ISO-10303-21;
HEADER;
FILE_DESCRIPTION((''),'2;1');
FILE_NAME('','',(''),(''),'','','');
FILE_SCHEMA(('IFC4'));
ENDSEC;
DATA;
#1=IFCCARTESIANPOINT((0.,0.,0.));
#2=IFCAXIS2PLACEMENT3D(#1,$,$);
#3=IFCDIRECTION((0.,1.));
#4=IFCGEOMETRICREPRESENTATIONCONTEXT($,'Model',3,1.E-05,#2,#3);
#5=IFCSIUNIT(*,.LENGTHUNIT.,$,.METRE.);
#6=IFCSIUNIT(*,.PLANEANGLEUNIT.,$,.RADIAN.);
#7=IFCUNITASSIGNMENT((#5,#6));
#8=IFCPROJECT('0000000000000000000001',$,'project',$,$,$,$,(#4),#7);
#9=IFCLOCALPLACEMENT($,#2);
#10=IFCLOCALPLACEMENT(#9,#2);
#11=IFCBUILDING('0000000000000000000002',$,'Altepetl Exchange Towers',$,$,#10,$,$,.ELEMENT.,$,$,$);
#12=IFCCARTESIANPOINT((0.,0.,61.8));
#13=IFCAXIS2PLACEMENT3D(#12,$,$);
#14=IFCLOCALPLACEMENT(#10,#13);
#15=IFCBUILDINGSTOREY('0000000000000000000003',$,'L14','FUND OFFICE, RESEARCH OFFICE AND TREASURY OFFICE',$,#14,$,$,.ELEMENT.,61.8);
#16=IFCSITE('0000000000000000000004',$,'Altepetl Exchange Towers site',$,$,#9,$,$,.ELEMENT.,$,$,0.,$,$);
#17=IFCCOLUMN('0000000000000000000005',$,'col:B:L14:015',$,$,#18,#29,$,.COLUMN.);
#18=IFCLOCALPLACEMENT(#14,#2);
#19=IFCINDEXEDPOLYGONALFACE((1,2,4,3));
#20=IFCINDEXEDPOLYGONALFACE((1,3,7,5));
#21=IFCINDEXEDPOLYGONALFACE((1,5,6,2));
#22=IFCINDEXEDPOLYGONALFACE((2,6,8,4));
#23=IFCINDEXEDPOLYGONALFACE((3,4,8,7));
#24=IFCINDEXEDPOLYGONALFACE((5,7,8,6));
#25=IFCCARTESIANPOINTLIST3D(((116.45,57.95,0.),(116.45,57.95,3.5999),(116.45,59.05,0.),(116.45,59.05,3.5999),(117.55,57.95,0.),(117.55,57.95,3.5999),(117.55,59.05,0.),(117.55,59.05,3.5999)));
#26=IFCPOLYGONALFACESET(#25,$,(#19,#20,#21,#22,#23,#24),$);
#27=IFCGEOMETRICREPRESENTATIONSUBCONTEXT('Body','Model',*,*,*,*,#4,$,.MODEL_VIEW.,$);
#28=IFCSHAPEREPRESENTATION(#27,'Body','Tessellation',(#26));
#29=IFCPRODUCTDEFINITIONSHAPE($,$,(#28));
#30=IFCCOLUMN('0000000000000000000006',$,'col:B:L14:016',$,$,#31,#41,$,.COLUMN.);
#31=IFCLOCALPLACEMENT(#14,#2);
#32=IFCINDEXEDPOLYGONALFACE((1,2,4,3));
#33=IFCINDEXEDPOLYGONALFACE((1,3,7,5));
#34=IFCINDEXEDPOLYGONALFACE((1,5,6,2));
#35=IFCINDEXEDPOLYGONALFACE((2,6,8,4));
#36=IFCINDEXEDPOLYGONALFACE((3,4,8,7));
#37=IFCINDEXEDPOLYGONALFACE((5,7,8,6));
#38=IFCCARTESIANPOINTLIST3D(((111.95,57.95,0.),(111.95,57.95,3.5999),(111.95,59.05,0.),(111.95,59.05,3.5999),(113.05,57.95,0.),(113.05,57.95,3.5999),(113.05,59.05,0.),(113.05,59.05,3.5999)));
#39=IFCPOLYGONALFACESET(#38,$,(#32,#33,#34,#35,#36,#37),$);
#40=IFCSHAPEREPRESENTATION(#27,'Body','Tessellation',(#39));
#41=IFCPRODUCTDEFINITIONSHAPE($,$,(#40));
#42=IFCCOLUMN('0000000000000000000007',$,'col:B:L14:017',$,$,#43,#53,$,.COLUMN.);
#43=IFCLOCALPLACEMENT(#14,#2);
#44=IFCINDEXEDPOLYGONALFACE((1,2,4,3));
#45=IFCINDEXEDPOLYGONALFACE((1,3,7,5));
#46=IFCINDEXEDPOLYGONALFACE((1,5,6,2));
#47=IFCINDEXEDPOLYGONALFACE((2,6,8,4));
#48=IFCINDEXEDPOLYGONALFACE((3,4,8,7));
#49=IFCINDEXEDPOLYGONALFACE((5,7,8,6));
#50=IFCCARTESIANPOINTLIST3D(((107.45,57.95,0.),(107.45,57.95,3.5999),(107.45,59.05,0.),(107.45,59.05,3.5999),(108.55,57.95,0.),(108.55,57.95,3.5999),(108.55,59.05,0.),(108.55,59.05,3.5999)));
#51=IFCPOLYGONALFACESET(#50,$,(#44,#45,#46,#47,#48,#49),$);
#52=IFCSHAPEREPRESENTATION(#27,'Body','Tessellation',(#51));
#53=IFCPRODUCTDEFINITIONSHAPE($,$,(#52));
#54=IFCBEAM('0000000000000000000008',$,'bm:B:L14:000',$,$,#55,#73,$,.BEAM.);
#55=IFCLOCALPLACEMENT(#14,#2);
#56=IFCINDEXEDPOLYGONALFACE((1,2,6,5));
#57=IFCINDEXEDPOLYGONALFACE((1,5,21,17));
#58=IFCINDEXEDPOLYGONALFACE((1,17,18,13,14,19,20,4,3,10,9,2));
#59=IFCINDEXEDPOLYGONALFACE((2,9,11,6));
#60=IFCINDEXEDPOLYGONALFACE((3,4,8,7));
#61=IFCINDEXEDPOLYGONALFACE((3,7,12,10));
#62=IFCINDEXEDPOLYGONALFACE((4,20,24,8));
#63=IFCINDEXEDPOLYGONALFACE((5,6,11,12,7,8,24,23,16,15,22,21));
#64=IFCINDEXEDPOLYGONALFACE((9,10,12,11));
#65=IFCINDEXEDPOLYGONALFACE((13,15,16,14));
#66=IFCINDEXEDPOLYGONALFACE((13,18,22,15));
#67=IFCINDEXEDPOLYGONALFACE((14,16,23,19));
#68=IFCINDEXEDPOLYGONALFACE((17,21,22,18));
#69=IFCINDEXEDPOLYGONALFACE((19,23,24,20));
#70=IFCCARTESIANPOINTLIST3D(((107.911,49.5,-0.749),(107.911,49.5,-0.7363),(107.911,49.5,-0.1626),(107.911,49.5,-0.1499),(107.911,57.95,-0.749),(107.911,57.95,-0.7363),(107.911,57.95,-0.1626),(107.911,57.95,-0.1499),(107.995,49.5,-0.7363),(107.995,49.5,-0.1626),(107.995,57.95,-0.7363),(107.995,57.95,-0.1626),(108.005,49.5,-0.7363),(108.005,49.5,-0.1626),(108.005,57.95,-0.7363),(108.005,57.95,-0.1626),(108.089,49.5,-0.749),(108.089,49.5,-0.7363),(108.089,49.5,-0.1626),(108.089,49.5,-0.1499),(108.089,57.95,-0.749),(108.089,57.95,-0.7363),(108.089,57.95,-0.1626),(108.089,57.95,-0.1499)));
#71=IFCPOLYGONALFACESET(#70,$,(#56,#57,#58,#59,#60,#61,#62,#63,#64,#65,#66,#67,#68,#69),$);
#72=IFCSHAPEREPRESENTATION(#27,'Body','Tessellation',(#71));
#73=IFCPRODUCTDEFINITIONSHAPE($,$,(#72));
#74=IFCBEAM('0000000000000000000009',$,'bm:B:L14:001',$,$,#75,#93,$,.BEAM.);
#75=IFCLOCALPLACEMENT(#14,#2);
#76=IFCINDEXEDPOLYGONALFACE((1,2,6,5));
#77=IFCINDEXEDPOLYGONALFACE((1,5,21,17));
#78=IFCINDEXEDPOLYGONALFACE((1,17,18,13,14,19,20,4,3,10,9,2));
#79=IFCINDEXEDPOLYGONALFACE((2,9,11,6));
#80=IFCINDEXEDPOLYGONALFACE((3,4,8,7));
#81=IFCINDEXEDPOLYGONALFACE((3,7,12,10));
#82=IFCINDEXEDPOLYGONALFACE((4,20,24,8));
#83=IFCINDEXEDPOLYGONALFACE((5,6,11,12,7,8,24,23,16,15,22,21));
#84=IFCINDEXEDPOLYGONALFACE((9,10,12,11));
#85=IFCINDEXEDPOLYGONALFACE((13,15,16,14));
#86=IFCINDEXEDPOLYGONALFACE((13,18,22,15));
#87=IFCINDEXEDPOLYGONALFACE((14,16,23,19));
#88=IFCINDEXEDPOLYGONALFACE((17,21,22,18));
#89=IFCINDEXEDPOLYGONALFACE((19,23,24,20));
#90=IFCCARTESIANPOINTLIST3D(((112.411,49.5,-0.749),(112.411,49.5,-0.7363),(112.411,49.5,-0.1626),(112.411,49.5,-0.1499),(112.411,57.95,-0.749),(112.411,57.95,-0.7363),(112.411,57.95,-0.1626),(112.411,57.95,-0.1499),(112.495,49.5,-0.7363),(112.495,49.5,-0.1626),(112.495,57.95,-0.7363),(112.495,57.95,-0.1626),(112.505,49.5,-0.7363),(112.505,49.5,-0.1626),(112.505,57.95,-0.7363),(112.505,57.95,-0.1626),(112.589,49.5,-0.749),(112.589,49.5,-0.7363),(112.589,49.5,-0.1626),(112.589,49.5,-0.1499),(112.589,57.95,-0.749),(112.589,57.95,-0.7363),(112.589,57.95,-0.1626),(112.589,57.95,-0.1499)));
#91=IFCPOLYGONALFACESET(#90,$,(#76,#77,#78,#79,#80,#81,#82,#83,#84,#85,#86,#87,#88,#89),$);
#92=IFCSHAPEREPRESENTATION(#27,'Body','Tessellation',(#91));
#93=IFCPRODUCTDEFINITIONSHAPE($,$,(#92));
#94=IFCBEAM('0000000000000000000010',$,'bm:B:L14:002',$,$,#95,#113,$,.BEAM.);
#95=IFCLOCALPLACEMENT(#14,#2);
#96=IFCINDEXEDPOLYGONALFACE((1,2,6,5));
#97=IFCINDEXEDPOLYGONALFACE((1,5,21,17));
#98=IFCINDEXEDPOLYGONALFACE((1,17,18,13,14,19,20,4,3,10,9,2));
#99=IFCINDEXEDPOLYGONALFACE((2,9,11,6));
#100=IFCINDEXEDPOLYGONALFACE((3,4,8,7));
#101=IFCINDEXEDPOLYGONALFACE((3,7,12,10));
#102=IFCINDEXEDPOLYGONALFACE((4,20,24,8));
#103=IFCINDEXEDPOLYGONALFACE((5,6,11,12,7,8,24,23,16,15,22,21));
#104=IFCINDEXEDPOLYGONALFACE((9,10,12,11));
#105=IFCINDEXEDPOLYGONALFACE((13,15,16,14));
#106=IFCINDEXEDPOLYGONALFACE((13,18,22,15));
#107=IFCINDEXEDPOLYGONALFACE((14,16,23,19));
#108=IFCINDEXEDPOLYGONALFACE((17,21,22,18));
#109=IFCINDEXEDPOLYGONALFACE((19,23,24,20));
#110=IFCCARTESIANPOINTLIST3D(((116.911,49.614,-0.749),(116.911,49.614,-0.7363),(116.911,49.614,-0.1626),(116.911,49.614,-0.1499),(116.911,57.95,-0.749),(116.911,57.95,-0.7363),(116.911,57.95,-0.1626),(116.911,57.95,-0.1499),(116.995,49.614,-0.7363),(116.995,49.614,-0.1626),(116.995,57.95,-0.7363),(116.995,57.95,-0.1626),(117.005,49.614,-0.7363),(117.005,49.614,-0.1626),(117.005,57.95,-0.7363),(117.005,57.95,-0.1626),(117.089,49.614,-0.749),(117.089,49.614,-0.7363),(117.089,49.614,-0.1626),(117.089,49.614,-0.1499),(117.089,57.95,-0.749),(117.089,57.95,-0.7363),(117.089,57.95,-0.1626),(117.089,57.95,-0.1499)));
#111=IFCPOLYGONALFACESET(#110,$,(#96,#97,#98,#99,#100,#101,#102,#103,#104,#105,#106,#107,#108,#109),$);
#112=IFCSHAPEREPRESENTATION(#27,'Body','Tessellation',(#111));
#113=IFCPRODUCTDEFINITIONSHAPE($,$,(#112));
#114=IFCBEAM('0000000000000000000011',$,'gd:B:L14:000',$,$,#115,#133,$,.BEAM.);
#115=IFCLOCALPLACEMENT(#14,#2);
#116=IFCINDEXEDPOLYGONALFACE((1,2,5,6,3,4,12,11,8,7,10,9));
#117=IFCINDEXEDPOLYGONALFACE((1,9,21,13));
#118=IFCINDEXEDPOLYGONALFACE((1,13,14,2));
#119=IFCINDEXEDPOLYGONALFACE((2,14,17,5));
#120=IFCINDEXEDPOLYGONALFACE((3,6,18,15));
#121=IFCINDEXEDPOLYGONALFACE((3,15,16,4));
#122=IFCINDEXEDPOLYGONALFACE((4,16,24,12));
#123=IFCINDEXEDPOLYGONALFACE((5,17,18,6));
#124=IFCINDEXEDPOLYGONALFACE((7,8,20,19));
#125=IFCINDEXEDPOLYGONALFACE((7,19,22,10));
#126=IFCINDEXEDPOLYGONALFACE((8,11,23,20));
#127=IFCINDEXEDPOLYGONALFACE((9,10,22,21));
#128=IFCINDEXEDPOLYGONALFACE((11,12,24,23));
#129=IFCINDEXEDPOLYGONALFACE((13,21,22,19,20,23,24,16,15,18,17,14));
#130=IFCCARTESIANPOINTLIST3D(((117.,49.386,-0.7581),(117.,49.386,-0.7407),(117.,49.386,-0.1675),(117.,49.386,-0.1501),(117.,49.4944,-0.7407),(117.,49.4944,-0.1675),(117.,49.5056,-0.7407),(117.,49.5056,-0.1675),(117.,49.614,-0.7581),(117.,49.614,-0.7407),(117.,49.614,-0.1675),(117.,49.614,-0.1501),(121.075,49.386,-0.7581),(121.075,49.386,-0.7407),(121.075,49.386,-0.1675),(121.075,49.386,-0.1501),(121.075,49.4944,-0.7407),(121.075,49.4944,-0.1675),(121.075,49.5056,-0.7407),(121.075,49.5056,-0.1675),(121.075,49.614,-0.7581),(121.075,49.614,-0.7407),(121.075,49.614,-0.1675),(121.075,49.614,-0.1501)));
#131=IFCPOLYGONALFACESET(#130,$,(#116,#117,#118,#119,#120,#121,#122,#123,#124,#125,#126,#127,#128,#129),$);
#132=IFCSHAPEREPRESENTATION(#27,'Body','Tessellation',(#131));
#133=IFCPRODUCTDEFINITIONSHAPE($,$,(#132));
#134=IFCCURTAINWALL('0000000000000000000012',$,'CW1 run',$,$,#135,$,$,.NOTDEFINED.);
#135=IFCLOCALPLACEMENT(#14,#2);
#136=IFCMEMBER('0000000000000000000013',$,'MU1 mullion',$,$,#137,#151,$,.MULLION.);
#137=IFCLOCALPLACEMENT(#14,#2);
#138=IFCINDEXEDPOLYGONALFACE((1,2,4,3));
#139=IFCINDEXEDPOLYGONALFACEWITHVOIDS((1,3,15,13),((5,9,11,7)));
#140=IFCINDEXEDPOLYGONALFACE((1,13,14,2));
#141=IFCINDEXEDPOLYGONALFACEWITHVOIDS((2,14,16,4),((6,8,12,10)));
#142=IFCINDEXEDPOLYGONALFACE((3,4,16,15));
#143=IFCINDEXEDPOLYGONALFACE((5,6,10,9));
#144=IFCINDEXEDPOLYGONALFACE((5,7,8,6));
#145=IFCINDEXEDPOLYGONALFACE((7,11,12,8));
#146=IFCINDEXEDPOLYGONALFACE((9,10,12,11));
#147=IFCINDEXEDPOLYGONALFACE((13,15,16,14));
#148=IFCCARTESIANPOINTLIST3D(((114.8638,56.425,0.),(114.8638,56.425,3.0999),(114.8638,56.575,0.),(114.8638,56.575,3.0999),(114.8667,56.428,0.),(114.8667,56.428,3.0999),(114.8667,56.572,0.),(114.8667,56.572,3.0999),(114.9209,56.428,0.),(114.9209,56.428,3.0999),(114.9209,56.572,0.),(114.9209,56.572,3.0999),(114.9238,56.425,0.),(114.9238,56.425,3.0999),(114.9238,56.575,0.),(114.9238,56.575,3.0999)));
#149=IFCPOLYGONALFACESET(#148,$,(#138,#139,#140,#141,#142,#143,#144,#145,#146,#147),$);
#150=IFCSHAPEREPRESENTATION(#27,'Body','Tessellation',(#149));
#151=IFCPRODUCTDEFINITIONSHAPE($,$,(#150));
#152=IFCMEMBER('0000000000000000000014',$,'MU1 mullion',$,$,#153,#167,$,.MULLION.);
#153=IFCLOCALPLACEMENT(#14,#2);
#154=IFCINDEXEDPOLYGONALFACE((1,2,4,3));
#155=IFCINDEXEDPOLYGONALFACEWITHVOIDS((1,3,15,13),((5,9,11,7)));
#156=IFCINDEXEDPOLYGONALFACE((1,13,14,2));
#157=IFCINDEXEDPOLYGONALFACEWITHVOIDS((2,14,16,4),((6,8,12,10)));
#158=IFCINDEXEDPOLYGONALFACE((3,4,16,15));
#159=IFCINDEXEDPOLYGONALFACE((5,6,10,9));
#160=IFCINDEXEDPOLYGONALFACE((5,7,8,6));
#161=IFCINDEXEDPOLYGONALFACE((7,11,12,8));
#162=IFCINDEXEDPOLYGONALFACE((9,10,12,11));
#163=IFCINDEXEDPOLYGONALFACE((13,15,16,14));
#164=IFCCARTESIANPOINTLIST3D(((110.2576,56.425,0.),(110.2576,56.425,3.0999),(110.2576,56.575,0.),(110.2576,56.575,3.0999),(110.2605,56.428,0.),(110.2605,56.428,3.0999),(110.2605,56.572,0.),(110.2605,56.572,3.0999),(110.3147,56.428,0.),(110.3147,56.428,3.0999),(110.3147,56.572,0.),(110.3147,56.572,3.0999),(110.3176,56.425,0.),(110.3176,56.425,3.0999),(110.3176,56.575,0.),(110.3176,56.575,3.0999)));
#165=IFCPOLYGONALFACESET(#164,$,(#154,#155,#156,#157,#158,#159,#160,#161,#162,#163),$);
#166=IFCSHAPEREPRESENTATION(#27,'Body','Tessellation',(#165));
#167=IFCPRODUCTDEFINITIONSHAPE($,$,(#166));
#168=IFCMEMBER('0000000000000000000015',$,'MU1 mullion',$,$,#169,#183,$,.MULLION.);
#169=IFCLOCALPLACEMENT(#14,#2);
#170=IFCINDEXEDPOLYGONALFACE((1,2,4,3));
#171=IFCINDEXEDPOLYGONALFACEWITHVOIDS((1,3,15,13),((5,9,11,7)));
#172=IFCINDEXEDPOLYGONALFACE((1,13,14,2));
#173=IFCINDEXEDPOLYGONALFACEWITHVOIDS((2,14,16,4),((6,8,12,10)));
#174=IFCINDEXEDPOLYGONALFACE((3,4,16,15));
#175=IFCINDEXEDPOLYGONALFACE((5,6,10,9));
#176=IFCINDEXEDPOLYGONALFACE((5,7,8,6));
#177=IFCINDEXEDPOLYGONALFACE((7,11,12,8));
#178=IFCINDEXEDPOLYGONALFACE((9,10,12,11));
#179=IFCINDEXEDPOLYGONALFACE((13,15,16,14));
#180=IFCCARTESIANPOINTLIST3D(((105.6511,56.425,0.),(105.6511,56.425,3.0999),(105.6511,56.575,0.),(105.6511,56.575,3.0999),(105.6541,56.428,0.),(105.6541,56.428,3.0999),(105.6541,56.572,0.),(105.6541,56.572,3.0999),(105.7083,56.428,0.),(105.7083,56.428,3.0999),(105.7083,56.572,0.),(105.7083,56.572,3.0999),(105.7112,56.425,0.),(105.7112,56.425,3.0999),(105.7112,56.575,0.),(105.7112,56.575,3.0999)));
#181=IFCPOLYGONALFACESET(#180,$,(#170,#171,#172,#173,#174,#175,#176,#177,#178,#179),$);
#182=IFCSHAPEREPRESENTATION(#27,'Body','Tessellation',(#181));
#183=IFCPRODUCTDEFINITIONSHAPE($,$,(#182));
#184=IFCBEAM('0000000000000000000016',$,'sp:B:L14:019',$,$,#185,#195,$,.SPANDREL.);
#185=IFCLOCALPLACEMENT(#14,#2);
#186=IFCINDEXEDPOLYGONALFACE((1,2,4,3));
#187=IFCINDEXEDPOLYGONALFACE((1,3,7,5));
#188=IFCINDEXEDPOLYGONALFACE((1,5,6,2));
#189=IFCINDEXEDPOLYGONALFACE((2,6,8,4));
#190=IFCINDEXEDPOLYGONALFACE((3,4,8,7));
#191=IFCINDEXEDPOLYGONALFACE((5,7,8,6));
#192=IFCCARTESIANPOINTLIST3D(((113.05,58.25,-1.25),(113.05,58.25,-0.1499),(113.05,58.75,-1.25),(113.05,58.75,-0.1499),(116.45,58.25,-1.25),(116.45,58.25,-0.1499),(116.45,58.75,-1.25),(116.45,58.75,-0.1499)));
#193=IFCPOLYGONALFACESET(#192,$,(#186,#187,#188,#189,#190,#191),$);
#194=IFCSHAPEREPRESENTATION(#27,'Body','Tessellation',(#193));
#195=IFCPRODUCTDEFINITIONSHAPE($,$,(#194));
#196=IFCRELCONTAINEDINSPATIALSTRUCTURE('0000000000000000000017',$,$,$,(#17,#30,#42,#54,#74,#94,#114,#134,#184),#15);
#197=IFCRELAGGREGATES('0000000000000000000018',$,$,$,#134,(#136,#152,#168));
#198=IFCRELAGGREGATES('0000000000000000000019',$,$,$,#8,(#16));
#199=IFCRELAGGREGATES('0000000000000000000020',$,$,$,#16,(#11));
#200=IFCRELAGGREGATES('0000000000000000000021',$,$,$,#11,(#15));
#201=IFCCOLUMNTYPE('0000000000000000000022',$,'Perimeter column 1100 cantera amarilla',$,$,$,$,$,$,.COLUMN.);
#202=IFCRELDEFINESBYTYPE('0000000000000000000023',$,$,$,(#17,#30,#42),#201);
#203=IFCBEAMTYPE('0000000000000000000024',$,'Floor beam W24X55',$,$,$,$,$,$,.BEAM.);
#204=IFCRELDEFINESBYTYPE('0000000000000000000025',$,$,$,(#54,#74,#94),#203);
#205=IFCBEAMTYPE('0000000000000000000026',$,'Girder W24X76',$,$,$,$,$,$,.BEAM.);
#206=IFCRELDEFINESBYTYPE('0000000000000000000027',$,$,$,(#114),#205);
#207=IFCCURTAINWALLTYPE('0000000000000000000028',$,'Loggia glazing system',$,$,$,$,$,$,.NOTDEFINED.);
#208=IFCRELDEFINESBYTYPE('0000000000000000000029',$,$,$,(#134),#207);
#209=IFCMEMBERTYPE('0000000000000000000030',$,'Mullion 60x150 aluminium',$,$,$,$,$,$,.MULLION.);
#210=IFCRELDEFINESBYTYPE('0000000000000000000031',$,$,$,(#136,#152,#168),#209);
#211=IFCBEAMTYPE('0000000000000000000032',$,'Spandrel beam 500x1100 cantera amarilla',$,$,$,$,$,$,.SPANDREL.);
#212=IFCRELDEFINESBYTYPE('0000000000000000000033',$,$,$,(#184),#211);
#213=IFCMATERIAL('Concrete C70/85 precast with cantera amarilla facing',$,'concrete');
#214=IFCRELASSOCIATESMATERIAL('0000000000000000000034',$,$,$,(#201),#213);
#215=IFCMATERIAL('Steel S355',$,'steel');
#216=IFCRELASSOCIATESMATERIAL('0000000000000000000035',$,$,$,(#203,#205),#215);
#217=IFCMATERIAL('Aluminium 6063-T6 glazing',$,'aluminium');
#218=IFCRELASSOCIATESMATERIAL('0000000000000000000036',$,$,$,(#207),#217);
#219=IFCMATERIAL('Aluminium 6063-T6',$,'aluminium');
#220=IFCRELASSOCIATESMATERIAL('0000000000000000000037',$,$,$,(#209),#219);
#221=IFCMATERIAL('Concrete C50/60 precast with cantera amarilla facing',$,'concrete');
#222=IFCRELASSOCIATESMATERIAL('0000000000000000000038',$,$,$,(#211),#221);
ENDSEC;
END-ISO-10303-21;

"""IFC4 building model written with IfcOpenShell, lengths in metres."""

from ifc_helpers import new_model, si_unit, direction, frame, origin, origin_2d, place, context, subcontext, project, spatial, rectangle, hollow_rectangle, i_section, extrude, material, material_profile, profile_set, type_object, element, aggregate, save


model = new_model("IFC4")

# Units and contexts
model_context = context("Model", 3, precision=1e-05, world=origin(), true_north=direction((0.0, 1.0)))
body_context = subcontext(model_context, "Body", "Model", "MODEL_VIEW")
ifc_project = project(units=[si_unit("LENGTHUNIT", "METRE"), si_unit("PLANEANGLEUNIT", "RADIAN")], contexts=[model_context])

# Site, building, storey
site_placement = place(None, origin())
site = spatial("IfcSite", under=ifc_project, at=site_placement, Name="Altepetl Exchange Towers site", CompositionType="ELEMENT", RefElevation=0.0)
building_placement = place(site_placement, origin())
building = spatial("IfcBuilding", under=site, at=building_placement, Name="Altepetl Exchange Towers", CompositionType="ELEMENT")
storey_placement = place(building_placement, frame((0.0, 0.0, 61.8)))
storey = spatial("IfcBuildingStorey", under=building, at=storey_placement, Name="L14", Description="FUND OFFICE, RESEARCH OFFICE AND TREASURY OFFICE", CompositionType="ELEMENT", Elevation=61.8)

# Columns
ifc_material_1 = material(Name="Concrete C70/85 precast with cantera amarilla facing", Category="concrete")
ifc_material_profile_1 = material_profile(ifc_material_1, rectangle(XDim=1.1001, YDim=1.1001, at=origin_2d()), Name="1100 x 1100")
ifc_profile_set_1 = profile_set([ifc_material_profile_1], Name="Concrete C70/85 precast with cantera amarilla facing")
column_type = type_object("IfcColumnType", Name="Perimeter column 1100 cantera amarilla", PredefinedType="COLUMN", material=ifc_profile_set_1)
for number, where, name in (
    (1, (117.0, 58.5, 0.0), "col:B:L14:015"),
    (2, (112.5, 58.5, 0.0), "col:B:L14:016"),
    (3, (108.0, 58.5, 0.0), "col:B:L14:017"),
):
    element("IfcColumn", number, at=place(storey_placement, frame(where)), inside=storey, type_object=column_type, Name=name, PredefinedType="COLUMN", context=body_context, shape_type="SweptSolid", body=[
        extrude(rectangle(XDim=1.1001, YDim=1.1001, at=origin_2d()), origin(), (0.0, 0.0, 1.0), 3.5999),
    ])

# Beams
ifc_material_2 = material(Name="Steel S355", Category="steel")
ifc_material_profile_2 = material_profile(ifc_material_2, i_section(OverallWidth=0.178, OverallDepth=0.5991, WebThickness=0.01, FlangeThickness=0.0127, at=origin_2d()), Name="W24X55")
ifc_profile_set_2 = profile_set([ifc_material_profile_2], Name="Steel S355")
beam_type_1 = type_object("IfcBeamType", Name="Floor beam W24X55", PredefinedType="BEAM", material=ifc_profile_set_2)
for number, where, z_axis, x_axis, name in (
    (4, (108.0, 49.5, -0.4495), (0.0, 1.0, 0.0), (-1.0, 0.0, 0.0), "bm:B:L14:000"),
    (5, (112.5, 49.5, -0.4495), (0.0, 1.0, 0.0), (-1.0, 0.0, 0.0), "bm:B:L14:001"),
):
    element("IfcBeam", number, at=place(storey_placement, frame(where, z_axis=z_axis, x_axis=x_axis)), inside=storey, type_object=beam_type_1, Name=name, PredefinedType="BEAM", context=body_context, shape_type="SweptSolid", body=[
        extrude(i_section(OverallWidth=0.178, OverallDepth=0.5991, WebThickness=0.01, FlangeThickness=0.0127, at=origin_2d()), origin(), (0.0, 0.0, 1.0), 8.45),
    ])
beam_1_placement = place(storey_placement, frame((117.0, 49.614, -0.4495), z_axis=(0.0, 1.0, 0.0), x_axis=(-1.0, 0.0, 0.0)))
element("IfcBeam", 6, at=beam_1_placement, inside=storey, type_object=beam_type_1, Name="bm:B:L14:002", PredefinedType="BEAM", context=body_context, shape_type="SweptSolid", body=[
    extrude(i_section(OverallWidth=0.178, OverallDepth=0.5991, WebThickness=0.01, FlangeThickness=0.0127, at=origin_2d()), origin(), (0.0, 0.0, 1.0), 8.3359),
])
ifc_material_profile_3 = material_profile(ifc_material_2, i_section(OverallWidth=0.228, OverallDepth=0.6079, WebThickness=0.0112, FlangeThickness=0.0173, at=origin_2d()), Name="W24X76")
ifc_profile_set_3 = profile_set([ifc_material_profile_3], Name="Steel S355")
beam_type_2 = type_object("IfcBeamType", Name="Girder W24X76", PredefinedType="BEAM", material=ifc_profile_set_3)
beam_2_placement = place(storey_placement, frame((117.0, 49.5, -0.4541), z_axis=(1.0, 0.0, 0.0), x_axis=(0.0, 1.0, 0.0)))
element("IfcBeam", 7, at=beam_2_placement, inside=storey, type_object=beam_type_2, Name="gd:B:L14:000", PredefinedType="BEAM", context=body_context, shape_type="SweptSolid", body=[
    extrude(i_section(OverallWidth=0.228, OverallDepth=0.6079, WebThickness=0.0112, FlangeThickness=0.0173, at=origin_2d()), origin(), (0.0, 0.0, 1.0), 4.075),
])

# Curtain wall, members
ifc_material_3 = material(Name="Aluminium 6063-T6 glazing", Category="aluminium")
curtain_wall_type = type_object("IfcCurtainWallType", Name="Loggia glazing system", PredefinedType="NOTDEFINED", material=ifc_material_3)
curtain_wall_placement = place(storey_placement, origin())
curtain_wall = element("IfcCurtainWall", 8, at=curtain_wall_placement, inside=storey, type_object=curtain_wall_type, Name="CW1 run", PredefinedType="NOTDEFINED")
ifc_material_4 = material(Name="Aluminium 6063-T6", Category="aluminium")
ifc_material_profile_4 = material_profile(ifc_material_4, hollow_rectangle(XDim=0.0601, YDim=0.1499, WallThickness=0.0029, at=origin_2d()), Name="Mullion 60x150 aluminium")
ifc_profile_set_4 = profile_set([ifc_material_profile_4], Name="Aluminium 6063-T6")
member_type = type_object("IfcMemberType", Name="Mullion 60x150 aluminium", PredefinedType="MULLION", material=ifc_profile_set_4)
member_1_placement = place(storey_placement, frame((114.8938, 56.5, 0.0), z_axis=(0.0, 0.0, 1.0), x_axis=(-1.0, 0.0, 0.0)))
member_1 = element("IfcMember", 9, at=member_1_placement, type_object=member_type, Name="MU1 mullion", PredefinedType="MULLION", context=body_context, shape_type="SweptSolid", body=[
    extrude(hollow_rectangle(XDim=0.0601, YDim=0.1499, WallThickness=0.0029, at=origin_2d()), origin(), (0.0, 0.0, 1.0), 3.0999),
])
member_2_placement = place(storey_placement, frame((110.2876, 56.5, 0.0), z_axis=(0.0, 0.0, 1.0), x_axis=(-1.0, 0.0, 0.0)))
member_2 = element("IfcMember", 10, at=member_2_placement, type_object=member_type, Name="MU1 mullion", PredefinedType="MULLION", context=body_context, shape_type="SweptSolid", body=[
    extrude(hollow_rectangle(XDim=0.0601, YDim=0.1499, WallThickness=0.0029, at=origin_2d()), origin(), (0.0, 0.0, 1.0), 3.0999),
])
member_3_placement = place(storey_placement, frame((105.6812, 56.5, 0.0), z_axis=(0.0, 0.0, 1.0), x_axis=(-1.0, 0.0, 0.0)))
member_3 = element("IfcMember", 11, at=member_3_placement, type_object=member_type, Name="MU1 mullion", PredefinedType="MULLION", context=body_context, shape_type="SweptSolid", body=[
    extrude(hollow_rectangle(XDim=0.0601, YDim=0.1499, WallThickness=0.0029, at=origin_2d()), origin(), (0.0, 0.0, 1.0), 3.0999),
])

# Beam
ifc_material_5 = material(Name="Concrete C50/60 precast with cantera amarilla facing", Category="concrete")
ifc_material_profile_5 = material_profile(ifc_material_5, rectangle(XDim=0.5, YDim=1.1001, at=origin_2d()), Name="500 x 1100")
ifc_profile_set_5 = profile_set([ifc_material_profile_5], Name="Concrete C50/60 precast with cantera amarilla facing")
beam_type_3 = type_object("IfcBeamType", Name="Spandrel beam 500x1100 cantera amarilla", PredefinedType="SPANDREL", material=ifc_profile_set_5)
for number, where, z_axis, x_axis, name in (
    (12, (116.45, 58.5, -0.7), (-1.0, 0.0, 0.0), (0.0, -1.0, 0.0), "sp:B:L14:019"),
):
    element("IfcBeam", number, at=place(storey_placement, frame(where, z_axis=z_axis, x_axis=x_axis)), inside=storey, type_object=beam_type_3, Name=name, PredefinedType="SPANDREL", context=body_context, shape_type="SweptSolid", body=[
        extrude(rectangle(XDim=0.5, YDim=1.1001, at=origin_2d()), origin(), (0.0, 0.0, 1.0), 3.3999),
    ])

aggregate(curtain_wall, [member_1, member_2, member_3])

save(model, "model.ifc")
